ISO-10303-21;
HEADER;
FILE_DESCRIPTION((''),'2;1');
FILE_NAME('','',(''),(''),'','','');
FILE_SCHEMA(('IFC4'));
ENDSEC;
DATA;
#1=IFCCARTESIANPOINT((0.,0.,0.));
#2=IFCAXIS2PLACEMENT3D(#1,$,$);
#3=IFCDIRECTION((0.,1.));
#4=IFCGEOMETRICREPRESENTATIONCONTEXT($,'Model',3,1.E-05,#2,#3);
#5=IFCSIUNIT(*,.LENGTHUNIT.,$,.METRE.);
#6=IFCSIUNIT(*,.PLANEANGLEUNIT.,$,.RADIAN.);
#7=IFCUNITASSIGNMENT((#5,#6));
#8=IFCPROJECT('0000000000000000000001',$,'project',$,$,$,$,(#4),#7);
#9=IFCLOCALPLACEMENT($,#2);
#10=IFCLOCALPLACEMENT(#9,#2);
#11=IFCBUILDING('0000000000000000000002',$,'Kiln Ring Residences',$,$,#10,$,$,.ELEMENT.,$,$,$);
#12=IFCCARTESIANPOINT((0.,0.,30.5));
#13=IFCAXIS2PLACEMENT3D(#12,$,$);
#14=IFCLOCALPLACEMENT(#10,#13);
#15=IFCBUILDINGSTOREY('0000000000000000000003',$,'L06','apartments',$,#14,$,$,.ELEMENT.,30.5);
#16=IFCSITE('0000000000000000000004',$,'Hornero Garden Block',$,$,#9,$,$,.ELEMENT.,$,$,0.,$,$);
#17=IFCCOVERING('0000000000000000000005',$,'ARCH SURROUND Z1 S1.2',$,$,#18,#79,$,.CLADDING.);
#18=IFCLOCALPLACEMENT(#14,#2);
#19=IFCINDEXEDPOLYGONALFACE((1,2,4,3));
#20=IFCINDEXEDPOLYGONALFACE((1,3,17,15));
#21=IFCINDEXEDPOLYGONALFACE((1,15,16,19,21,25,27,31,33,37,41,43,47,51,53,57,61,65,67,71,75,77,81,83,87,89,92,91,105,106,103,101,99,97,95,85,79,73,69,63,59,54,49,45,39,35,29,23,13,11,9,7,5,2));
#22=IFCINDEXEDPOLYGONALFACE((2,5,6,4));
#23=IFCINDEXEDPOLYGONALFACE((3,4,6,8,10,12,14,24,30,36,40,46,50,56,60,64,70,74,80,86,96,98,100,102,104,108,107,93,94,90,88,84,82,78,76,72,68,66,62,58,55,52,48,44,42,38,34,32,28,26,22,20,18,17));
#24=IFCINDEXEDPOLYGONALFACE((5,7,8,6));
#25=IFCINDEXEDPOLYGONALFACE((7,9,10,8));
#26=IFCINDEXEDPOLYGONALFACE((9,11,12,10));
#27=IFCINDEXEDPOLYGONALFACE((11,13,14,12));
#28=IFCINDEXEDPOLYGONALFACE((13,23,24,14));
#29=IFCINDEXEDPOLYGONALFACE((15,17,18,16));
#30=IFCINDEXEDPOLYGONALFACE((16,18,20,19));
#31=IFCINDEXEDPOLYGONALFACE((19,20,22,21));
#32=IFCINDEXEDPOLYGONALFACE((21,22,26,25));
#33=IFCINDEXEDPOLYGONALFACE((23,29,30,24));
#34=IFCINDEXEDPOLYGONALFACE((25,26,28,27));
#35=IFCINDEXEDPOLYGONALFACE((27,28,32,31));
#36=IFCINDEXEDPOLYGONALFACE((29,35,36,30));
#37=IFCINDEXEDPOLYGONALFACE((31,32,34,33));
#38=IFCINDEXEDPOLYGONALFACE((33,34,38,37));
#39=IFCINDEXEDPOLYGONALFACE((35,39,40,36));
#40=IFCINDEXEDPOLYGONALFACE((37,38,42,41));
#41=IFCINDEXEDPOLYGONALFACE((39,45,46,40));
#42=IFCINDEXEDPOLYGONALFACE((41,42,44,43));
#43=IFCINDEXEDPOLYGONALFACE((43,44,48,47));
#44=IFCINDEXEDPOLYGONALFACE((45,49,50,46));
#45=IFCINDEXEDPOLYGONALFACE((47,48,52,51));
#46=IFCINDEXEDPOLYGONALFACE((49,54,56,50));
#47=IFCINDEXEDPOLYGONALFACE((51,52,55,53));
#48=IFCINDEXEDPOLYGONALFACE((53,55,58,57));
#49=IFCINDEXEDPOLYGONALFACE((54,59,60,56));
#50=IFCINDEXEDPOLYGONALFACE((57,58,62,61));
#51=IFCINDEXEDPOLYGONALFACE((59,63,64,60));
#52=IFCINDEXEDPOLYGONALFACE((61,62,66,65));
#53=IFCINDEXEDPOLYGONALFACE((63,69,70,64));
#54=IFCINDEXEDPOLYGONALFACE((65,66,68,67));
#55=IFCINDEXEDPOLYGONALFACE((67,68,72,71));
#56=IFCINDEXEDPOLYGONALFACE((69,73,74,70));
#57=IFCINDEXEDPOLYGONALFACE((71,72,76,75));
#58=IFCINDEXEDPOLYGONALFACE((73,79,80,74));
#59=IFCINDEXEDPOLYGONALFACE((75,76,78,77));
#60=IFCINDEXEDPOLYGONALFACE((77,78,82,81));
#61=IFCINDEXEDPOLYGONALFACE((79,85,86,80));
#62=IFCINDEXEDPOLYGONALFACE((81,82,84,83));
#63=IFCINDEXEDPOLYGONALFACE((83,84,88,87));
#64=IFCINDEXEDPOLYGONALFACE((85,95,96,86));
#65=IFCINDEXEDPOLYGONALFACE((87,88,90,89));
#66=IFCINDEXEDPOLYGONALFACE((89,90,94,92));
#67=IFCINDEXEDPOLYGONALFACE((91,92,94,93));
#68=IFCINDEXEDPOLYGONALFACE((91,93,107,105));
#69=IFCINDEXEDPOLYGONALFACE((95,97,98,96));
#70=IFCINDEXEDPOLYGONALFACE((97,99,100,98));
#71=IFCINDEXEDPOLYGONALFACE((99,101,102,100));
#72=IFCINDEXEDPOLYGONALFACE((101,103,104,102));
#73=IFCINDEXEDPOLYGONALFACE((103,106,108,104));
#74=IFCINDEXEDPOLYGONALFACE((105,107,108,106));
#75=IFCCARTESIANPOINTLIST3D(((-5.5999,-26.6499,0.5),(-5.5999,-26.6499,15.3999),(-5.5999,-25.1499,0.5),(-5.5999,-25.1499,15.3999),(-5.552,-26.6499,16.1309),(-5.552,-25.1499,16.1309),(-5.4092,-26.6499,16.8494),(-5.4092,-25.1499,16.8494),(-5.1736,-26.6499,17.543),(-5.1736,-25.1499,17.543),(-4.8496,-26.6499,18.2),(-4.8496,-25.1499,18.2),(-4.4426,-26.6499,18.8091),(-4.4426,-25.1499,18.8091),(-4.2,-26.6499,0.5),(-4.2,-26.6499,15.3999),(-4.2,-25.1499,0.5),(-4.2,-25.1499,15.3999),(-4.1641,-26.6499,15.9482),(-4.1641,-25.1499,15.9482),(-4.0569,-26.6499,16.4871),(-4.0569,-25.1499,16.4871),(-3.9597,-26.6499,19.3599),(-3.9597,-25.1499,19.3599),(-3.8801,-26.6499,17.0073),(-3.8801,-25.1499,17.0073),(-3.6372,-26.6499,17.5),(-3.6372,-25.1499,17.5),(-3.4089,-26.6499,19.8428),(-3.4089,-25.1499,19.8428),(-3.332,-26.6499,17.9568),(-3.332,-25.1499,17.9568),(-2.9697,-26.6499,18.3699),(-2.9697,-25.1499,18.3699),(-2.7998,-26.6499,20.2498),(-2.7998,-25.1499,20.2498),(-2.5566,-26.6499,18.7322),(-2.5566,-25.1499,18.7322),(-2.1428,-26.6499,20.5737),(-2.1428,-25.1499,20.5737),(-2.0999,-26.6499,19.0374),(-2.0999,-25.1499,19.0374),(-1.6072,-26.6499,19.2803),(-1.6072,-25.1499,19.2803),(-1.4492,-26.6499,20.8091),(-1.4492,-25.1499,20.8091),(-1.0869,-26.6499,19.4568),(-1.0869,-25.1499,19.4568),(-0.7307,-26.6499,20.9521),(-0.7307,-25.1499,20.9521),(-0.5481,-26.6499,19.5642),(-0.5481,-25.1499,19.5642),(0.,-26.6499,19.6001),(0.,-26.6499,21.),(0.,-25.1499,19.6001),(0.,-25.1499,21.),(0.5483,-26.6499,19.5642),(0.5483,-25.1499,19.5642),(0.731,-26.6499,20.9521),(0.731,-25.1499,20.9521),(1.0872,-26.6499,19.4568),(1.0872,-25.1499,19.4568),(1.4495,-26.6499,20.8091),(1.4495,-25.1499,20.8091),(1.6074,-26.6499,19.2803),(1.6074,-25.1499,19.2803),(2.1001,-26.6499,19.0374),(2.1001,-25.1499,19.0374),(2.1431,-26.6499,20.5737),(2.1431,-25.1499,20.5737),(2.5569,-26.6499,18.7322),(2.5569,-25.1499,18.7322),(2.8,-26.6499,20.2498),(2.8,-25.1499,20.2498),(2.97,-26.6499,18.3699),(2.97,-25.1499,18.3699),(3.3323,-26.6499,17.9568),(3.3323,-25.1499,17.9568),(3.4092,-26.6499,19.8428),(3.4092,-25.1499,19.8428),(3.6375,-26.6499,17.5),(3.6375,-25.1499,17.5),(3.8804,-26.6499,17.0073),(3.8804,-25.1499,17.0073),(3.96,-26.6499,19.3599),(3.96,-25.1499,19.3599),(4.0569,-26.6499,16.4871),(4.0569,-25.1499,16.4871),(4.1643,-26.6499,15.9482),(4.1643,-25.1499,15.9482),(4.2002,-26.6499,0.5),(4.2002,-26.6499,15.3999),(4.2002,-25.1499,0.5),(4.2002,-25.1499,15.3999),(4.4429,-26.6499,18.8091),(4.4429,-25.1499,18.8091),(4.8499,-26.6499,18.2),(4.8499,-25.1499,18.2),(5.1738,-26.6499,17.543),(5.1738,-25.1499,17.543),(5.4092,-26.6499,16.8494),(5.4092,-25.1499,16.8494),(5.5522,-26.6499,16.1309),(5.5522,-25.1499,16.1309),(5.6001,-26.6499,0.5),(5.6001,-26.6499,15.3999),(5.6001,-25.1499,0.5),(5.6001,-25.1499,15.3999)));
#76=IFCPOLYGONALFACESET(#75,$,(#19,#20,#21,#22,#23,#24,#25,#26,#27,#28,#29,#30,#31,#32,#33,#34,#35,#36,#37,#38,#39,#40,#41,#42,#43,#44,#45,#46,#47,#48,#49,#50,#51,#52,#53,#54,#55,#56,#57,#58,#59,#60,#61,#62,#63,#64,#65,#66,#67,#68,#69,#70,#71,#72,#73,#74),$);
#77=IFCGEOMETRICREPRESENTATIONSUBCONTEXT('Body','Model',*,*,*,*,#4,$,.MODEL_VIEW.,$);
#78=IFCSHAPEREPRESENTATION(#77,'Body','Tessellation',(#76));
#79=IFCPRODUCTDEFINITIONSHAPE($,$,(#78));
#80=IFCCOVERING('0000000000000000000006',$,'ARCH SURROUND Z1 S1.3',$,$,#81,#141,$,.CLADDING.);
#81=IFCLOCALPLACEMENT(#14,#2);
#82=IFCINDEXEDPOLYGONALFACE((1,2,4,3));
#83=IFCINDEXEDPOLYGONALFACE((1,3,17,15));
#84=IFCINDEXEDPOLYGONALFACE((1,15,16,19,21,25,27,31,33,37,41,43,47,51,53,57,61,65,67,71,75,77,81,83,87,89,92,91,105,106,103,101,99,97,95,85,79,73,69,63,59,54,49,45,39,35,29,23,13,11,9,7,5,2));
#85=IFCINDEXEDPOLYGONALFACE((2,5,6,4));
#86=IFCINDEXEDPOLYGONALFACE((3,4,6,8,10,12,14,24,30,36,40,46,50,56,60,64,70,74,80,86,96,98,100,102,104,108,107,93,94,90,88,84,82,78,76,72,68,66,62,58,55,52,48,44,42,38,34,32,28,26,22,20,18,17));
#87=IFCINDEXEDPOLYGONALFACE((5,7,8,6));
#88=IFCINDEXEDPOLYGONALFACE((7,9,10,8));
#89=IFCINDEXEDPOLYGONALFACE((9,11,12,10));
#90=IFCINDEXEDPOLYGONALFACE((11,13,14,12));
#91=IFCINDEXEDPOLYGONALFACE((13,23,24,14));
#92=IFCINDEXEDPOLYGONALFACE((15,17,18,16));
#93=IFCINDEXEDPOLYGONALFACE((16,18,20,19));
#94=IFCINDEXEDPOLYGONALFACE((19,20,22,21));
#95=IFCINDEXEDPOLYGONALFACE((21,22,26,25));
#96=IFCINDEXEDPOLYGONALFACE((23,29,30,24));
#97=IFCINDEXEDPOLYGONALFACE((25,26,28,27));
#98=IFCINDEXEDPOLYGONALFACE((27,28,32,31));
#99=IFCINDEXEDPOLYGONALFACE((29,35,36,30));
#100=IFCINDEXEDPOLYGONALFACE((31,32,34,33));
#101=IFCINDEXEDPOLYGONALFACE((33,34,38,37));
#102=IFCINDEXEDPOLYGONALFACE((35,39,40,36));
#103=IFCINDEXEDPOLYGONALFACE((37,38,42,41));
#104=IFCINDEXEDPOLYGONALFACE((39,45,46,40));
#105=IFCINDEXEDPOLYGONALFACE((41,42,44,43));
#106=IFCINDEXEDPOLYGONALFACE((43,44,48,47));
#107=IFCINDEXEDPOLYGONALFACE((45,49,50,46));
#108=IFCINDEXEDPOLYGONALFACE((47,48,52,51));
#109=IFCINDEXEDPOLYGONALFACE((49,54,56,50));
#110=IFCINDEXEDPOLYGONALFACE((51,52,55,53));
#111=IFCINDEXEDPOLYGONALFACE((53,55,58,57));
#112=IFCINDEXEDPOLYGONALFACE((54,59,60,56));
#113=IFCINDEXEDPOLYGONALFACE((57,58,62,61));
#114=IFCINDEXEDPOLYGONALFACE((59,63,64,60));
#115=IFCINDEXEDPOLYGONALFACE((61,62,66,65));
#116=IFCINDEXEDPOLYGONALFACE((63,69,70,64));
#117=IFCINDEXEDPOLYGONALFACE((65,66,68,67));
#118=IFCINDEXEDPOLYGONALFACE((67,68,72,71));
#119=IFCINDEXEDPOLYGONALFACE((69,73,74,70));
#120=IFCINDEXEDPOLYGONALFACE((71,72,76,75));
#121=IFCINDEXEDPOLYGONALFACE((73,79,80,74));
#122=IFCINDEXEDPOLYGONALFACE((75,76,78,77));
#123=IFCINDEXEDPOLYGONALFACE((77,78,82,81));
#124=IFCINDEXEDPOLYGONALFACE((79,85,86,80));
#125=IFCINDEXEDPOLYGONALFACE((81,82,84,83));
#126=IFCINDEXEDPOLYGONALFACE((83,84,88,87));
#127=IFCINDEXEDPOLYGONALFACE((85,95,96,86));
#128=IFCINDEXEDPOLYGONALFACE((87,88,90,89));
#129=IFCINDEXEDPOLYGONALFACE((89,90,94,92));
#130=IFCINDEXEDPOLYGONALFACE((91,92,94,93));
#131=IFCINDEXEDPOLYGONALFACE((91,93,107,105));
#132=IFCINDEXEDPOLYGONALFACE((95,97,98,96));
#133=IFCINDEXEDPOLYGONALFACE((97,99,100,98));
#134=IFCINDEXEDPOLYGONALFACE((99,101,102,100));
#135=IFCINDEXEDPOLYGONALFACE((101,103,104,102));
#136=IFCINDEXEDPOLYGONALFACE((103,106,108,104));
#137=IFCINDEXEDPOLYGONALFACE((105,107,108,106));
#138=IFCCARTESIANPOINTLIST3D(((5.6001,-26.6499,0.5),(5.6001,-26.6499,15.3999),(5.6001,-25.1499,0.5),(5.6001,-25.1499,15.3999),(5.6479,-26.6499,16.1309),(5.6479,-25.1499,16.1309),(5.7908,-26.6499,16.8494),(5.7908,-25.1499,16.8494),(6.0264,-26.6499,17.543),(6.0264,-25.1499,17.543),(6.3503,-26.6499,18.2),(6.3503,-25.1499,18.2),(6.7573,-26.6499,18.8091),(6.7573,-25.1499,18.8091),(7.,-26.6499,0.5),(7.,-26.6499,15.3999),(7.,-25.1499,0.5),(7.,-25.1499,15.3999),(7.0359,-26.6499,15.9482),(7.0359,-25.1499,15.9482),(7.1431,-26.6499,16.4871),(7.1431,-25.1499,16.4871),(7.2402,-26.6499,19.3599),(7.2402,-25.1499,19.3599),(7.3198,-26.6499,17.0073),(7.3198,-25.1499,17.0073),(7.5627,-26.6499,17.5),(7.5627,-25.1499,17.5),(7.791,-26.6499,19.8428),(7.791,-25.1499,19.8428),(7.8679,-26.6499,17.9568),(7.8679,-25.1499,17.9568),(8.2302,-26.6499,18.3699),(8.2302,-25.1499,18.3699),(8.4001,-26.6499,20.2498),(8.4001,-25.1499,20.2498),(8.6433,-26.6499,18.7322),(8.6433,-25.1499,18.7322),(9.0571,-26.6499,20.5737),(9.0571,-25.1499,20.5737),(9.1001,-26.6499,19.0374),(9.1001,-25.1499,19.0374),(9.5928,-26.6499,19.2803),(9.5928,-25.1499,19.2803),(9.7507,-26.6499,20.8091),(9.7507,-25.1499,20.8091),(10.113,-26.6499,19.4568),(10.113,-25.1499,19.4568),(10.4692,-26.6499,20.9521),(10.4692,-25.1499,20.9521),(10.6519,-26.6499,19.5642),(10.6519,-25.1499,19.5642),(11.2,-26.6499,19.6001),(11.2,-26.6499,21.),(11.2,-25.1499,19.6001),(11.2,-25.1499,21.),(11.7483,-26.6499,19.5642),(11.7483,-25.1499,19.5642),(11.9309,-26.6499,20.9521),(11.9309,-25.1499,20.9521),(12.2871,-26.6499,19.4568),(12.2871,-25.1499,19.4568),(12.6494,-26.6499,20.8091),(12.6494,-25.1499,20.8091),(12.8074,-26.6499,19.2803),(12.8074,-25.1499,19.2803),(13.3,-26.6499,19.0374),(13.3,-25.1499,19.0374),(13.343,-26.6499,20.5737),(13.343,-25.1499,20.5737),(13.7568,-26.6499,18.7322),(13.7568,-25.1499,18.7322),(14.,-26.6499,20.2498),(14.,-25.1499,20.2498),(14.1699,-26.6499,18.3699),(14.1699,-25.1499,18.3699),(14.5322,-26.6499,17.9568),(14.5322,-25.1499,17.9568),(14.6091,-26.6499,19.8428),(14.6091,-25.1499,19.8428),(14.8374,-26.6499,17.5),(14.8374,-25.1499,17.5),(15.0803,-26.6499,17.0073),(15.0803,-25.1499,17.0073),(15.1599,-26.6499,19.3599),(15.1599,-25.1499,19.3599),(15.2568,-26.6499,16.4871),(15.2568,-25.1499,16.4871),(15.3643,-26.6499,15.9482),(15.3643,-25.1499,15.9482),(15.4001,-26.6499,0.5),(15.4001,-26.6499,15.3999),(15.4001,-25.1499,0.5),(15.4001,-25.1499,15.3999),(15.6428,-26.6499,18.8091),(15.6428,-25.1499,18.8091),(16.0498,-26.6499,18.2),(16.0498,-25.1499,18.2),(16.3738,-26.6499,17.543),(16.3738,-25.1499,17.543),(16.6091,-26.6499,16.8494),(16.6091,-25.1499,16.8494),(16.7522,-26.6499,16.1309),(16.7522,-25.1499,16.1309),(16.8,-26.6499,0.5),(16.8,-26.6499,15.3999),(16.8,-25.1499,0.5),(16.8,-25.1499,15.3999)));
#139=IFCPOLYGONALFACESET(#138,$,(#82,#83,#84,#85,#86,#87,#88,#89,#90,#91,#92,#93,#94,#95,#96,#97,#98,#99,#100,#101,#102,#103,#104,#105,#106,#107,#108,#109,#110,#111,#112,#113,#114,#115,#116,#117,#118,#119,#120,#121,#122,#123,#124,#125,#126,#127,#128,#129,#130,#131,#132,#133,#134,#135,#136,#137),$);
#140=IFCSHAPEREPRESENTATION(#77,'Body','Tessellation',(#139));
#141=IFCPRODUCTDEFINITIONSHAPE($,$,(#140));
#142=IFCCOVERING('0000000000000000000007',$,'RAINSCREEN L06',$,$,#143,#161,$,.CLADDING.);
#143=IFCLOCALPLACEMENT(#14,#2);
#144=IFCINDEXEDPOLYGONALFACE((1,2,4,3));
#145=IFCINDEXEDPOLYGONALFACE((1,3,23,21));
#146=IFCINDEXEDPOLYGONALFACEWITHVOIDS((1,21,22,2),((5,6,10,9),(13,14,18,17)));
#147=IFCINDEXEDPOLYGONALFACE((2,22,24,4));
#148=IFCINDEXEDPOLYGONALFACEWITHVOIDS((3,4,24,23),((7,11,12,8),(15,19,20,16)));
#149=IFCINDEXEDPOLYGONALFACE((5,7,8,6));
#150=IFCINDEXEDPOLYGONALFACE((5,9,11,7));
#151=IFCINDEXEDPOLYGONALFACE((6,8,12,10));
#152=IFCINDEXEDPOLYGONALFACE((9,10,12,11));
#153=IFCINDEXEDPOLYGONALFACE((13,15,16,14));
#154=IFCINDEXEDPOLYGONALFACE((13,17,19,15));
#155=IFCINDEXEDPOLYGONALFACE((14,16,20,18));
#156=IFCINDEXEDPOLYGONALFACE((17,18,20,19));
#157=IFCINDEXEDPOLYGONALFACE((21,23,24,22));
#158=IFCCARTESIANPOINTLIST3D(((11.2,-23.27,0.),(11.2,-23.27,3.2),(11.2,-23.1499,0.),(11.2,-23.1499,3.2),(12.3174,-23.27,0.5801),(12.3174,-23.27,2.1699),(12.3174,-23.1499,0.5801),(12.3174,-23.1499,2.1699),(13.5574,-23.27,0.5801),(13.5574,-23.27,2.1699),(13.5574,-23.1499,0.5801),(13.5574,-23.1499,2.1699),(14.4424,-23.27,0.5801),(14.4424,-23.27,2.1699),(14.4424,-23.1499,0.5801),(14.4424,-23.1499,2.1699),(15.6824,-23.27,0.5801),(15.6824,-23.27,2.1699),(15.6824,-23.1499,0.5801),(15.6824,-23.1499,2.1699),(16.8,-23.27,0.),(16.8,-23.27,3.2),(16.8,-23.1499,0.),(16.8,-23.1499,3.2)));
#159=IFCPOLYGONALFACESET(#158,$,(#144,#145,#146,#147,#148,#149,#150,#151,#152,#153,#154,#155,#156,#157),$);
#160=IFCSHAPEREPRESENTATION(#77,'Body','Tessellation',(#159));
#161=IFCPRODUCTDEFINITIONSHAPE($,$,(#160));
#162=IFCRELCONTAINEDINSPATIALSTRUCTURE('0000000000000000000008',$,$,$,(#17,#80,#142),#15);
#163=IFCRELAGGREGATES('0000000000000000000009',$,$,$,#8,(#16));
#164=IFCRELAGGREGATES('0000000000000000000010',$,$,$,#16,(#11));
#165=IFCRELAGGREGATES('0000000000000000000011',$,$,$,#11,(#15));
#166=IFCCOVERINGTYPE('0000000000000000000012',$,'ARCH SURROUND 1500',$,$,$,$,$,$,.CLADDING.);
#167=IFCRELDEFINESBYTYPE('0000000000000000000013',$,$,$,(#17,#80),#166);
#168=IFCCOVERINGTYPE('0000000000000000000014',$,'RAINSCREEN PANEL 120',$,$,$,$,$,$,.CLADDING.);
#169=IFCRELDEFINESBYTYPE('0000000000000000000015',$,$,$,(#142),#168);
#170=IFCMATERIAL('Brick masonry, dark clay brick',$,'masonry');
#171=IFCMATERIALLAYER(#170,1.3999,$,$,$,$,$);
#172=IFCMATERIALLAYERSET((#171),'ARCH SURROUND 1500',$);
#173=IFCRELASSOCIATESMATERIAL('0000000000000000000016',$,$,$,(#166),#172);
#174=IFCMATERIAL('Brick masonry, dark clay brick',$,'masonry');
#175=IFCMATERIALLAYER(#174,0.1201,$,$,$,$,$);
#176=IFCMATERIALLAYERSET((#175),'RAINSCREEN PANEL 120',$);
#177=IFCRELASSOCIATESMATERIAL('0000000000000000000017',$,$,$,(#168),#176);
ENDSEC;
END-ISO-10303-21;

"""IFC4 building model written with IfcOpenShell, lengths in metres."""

from ifc_helpers import new_model, si_unit, direction, frame, origin, place, context, subcontext, project, spatial, polyline, outline, extrude, material, layer, layer_set, type_object, element, save


model = new_model("IFC4")

# Units and contexts
model_context = context("Model", 3, precision=1e-05, world=origin(), true_north=direction((0.0, 1.0)))
body_context = subcontext(model_context, "Body", "Model", "MODEL_VIEW")
ifc_project = project(units=[si_unit("LENGTHUNIT", "METRE"), si_unit("PLANEANGLEUNIT", "RADIAN")], contexts=[model_context])

# Site, building, storey
site_placement = place(None, origin())
site = spatial("IfcSite", under=ifc_project, at=site_placement, Name="Hornero Garden Block", CompositionType="ELEMENT", RefElevation=0.0)
building_placement = place(site_placement, origin())
building = spatial("IfcBuilding", under=site, at=building_placement, Name="Kiln Ring Residences", CompositionType="ELEMENT")
storey_placement = place(building_placement, frame((0.0, 0.0, 30.5)))
storey = spatial("IfcBuildingStorey", under=building, at=storey_placement, Name="L06", Description="apartments", CompositionType="ELEMENT", Elevation=30.5)

# Coverings
ifc_material_1 = material(Name="Brick masonry, dark clay brick", Category="masonry")
ifc_layer_1 = layer(ifc_material_1, 1.3999)
ifc_layer_set_1 = layer_set([ifc_layer_1], Name="ARCH SURROUND 1500")
covering_type_1 = type_object("IfcCoveringType", Name="ARCH SURROUND 1500", PredefinedType="CLADDING", material=ifc_layer_set_1)
covering_1_placement = place(storey_placement, frame((5.6001, -25.8999, 0.5), z_axis=(0.0, 0.0, 1.0), x_axis=(-1.0, 0.0, 0.0)))
element("IfcCovering", 1, at=covering_1_placement, inside=storey, type_object=covering_type_1, Name="ARCH SURROUND Z1 S1.2", PredefinedType="CLADDING", context=body_context, shape_type="SweptSolid", body=[
    extrude(outline(polyline([(11.2, 0.0), (11.2, 14.8999), (11.1521, 15.6309), (11.0093, 16.3494), (10.7737, 17.043), (10.4497, 17.7), (10.0427, 18.3091), (9.5598, 18.8599), (9.009, 19.3428), (8.3999, 19.7498), (7.7429, 20.0737), (7.0493, 20.3091), (6.3308, 20.4521), (5.6001, 20.5), (4.8691, 20.4521), (4.1506, 20.3091), (3.457, 20.0737), (2.8, 19.7498), (2.1909, 19.3428), (1.6401, 18.8599), (1.1572, 18.3091), (0.7502, 17.7), (0.4263, 17.043), (0.1909, 16.3494), (0.0479, 15.6309), (0.0, 14.8999), (0.0, 0.0), (1.3999, 0.0), (1.3999, 14.8999), (1.4358, 15.4482), (1.5432, 15.9871), (1.7197, 16.5073), (1.9626, 17.0), (2.2678, 17.4568), (2.6301, 17.8699), (3.0432, 18.2322), (3.5, 18.5374), (3.9927, 18.7803), (4.5129, 18.9568), (5.0518, 19.0642), (5.6001, 19.1001), (6.1482, 19.0642), (6.687, 18.9568), (7.2073, 18.7803), (7.7, 18.5374), (8.1567, 18.2322), (8.5698, 17.8699), (8.9321, 17.4568), (9.2373, 17.0), (9.4802, 16.5073), (9.657, 15.9871), (9.7642, 15.4482), (9.8, 14.8999), (9.8, 0.0), (11.2, 0.0)])), frame((0.0, 0.75, 0.0), z_axis=(0.0, -1.0, 0.0), x_axis=(1.0, 0.0, 0.0)), (0.0, 0.0, 1.0), 1.5),
])
covering_2_placement = place(storey_placement, frame((16.8, -25.8999, 0.5), z_axis=(0.0, 0.0, 1.0), x_axis=(-1.0, 0.0, 0.0)))
element("IfcCovering", 2, at=covering_2_placement, inside=storey, type_object=covering_type_1, Name="ARCH SURROUND Z1 S1.3", PredefinedType="CLADDING", context=body_context, shape_type="SweptSolid", body=[
    extrude(outline(polyline([(11.2, 0.0), (11.2, 14.8999), (11.1521, 15.6309), (11.0093, 16.3494), (10.7737, 17.043), (10.4497, 17.7), (10.0427, 18.3091), (9.5598, 18.8599), (9.009, 19.3428), (8.3999, 19.7498), (7.7429, 20.0737), (7.0493, 20.3091), (6.3308, 20.4521), (5.6001, 20.5), (4.8691, 20.4521), (4.1506, 20.3091), (3.457, 20.0737), (2.8, 19.7498), (2.1909, 19.3428), (1.6401, 18.8599), (1.1572, 18.3091), (0.7502, 17.7), (0.4263, 17.043), (0.1909, 16.3494), (0.0479, 15.6309), (0.0, 14.8999), (0.0, 0.0), (1.3999, 0.0), (1.3999, 14.8999), (1.4358, 15.4482), (1.5432, 15.9871), (1.7197, 16.5073), (1.9626, 17.0), (2.2678, 17.4568), (2.6301, 17.8699), (3.0432, 18.2322), (3.5, 18.5374), (3.9927, 18.7803), (4.5129, 18.9568), (5.0518, 19.0642), (5.6001, 19.1001), (6.1482, 19.0642), (6.687, 18.9568), (7.2073, 18.7803), (7.7, 18.5374), (8.1567, 18.2322), (8.5698, 17.8699), (8.9321, 17.4568), (9.2373, 17.0), (9.4802, 16.5073), (9.657, 15.9871), (9.7642, 15.4482), (9.8, 14.8999), (9.8, 0.0), (11.2, 0.0)])), frame((0.0, 0.75, 0.0), z_axis=(0.0, -1.0, 0.0), x_axis=(1.0, 0.0, 0.0)), (0.0, 0.0, 1.0), 1.5),
])
ifc_material_2 = material(Name="Brick masonry, dark clay brick", Category="masonry")
ifc_layer_2 = layer(ifc_material_2, 0.1201)
ifc_layer_set_2 = layer_set([ifc_layer_2], Name="RAINSCREEN PANEL 120")
covering_type_2 = type_object("IfcCoveringType", Name="RAINSCREEN PANEL 120", PredefinedType="CLADDING", material=ifc_layer_set_2)
covering_3_placement = place(storey_placement, frame((11.2, -23.21, 0.0), z_axis=(0.0, 0.0, 1.0), x_axis=(1.0, 0.0, 0.0)))
element("IfcCovering", 3, at=covering_3_placement, inside=storey, type_object=covering_type_2, Name="RAINSCREEN L06", PredefinedType="CLADDING", context=body_context, shape_type="SweptSolid", body=[
    extrude(outline(polyline([(0.0, 0.0), (5.6001, 0.0), (5.6001, 3.2), (0.0, 3.2), (0.0, 0.0)]), holes=[polyline([(2.3574, 2.1699), (1.1174, 2.1699), (1.1174, 0.5801), (2.3574, 0.5801), (2.3574, 2.1699)]), polyline([(4.4824, 2.1699), (3.2424, 2.1699), (3.2424, 0.5801), (4.4824, 0.5801), (4.4824, 2.1699)])]), frame((0.0, 0.0601, 0.0), z_axis=(0.0, -1.0, 0.0), x_axis=(1.0, 0.0, 0.0)), (0.0, 0.0, 1.0), 0.1201),
])

save(model, "model.ifc")
